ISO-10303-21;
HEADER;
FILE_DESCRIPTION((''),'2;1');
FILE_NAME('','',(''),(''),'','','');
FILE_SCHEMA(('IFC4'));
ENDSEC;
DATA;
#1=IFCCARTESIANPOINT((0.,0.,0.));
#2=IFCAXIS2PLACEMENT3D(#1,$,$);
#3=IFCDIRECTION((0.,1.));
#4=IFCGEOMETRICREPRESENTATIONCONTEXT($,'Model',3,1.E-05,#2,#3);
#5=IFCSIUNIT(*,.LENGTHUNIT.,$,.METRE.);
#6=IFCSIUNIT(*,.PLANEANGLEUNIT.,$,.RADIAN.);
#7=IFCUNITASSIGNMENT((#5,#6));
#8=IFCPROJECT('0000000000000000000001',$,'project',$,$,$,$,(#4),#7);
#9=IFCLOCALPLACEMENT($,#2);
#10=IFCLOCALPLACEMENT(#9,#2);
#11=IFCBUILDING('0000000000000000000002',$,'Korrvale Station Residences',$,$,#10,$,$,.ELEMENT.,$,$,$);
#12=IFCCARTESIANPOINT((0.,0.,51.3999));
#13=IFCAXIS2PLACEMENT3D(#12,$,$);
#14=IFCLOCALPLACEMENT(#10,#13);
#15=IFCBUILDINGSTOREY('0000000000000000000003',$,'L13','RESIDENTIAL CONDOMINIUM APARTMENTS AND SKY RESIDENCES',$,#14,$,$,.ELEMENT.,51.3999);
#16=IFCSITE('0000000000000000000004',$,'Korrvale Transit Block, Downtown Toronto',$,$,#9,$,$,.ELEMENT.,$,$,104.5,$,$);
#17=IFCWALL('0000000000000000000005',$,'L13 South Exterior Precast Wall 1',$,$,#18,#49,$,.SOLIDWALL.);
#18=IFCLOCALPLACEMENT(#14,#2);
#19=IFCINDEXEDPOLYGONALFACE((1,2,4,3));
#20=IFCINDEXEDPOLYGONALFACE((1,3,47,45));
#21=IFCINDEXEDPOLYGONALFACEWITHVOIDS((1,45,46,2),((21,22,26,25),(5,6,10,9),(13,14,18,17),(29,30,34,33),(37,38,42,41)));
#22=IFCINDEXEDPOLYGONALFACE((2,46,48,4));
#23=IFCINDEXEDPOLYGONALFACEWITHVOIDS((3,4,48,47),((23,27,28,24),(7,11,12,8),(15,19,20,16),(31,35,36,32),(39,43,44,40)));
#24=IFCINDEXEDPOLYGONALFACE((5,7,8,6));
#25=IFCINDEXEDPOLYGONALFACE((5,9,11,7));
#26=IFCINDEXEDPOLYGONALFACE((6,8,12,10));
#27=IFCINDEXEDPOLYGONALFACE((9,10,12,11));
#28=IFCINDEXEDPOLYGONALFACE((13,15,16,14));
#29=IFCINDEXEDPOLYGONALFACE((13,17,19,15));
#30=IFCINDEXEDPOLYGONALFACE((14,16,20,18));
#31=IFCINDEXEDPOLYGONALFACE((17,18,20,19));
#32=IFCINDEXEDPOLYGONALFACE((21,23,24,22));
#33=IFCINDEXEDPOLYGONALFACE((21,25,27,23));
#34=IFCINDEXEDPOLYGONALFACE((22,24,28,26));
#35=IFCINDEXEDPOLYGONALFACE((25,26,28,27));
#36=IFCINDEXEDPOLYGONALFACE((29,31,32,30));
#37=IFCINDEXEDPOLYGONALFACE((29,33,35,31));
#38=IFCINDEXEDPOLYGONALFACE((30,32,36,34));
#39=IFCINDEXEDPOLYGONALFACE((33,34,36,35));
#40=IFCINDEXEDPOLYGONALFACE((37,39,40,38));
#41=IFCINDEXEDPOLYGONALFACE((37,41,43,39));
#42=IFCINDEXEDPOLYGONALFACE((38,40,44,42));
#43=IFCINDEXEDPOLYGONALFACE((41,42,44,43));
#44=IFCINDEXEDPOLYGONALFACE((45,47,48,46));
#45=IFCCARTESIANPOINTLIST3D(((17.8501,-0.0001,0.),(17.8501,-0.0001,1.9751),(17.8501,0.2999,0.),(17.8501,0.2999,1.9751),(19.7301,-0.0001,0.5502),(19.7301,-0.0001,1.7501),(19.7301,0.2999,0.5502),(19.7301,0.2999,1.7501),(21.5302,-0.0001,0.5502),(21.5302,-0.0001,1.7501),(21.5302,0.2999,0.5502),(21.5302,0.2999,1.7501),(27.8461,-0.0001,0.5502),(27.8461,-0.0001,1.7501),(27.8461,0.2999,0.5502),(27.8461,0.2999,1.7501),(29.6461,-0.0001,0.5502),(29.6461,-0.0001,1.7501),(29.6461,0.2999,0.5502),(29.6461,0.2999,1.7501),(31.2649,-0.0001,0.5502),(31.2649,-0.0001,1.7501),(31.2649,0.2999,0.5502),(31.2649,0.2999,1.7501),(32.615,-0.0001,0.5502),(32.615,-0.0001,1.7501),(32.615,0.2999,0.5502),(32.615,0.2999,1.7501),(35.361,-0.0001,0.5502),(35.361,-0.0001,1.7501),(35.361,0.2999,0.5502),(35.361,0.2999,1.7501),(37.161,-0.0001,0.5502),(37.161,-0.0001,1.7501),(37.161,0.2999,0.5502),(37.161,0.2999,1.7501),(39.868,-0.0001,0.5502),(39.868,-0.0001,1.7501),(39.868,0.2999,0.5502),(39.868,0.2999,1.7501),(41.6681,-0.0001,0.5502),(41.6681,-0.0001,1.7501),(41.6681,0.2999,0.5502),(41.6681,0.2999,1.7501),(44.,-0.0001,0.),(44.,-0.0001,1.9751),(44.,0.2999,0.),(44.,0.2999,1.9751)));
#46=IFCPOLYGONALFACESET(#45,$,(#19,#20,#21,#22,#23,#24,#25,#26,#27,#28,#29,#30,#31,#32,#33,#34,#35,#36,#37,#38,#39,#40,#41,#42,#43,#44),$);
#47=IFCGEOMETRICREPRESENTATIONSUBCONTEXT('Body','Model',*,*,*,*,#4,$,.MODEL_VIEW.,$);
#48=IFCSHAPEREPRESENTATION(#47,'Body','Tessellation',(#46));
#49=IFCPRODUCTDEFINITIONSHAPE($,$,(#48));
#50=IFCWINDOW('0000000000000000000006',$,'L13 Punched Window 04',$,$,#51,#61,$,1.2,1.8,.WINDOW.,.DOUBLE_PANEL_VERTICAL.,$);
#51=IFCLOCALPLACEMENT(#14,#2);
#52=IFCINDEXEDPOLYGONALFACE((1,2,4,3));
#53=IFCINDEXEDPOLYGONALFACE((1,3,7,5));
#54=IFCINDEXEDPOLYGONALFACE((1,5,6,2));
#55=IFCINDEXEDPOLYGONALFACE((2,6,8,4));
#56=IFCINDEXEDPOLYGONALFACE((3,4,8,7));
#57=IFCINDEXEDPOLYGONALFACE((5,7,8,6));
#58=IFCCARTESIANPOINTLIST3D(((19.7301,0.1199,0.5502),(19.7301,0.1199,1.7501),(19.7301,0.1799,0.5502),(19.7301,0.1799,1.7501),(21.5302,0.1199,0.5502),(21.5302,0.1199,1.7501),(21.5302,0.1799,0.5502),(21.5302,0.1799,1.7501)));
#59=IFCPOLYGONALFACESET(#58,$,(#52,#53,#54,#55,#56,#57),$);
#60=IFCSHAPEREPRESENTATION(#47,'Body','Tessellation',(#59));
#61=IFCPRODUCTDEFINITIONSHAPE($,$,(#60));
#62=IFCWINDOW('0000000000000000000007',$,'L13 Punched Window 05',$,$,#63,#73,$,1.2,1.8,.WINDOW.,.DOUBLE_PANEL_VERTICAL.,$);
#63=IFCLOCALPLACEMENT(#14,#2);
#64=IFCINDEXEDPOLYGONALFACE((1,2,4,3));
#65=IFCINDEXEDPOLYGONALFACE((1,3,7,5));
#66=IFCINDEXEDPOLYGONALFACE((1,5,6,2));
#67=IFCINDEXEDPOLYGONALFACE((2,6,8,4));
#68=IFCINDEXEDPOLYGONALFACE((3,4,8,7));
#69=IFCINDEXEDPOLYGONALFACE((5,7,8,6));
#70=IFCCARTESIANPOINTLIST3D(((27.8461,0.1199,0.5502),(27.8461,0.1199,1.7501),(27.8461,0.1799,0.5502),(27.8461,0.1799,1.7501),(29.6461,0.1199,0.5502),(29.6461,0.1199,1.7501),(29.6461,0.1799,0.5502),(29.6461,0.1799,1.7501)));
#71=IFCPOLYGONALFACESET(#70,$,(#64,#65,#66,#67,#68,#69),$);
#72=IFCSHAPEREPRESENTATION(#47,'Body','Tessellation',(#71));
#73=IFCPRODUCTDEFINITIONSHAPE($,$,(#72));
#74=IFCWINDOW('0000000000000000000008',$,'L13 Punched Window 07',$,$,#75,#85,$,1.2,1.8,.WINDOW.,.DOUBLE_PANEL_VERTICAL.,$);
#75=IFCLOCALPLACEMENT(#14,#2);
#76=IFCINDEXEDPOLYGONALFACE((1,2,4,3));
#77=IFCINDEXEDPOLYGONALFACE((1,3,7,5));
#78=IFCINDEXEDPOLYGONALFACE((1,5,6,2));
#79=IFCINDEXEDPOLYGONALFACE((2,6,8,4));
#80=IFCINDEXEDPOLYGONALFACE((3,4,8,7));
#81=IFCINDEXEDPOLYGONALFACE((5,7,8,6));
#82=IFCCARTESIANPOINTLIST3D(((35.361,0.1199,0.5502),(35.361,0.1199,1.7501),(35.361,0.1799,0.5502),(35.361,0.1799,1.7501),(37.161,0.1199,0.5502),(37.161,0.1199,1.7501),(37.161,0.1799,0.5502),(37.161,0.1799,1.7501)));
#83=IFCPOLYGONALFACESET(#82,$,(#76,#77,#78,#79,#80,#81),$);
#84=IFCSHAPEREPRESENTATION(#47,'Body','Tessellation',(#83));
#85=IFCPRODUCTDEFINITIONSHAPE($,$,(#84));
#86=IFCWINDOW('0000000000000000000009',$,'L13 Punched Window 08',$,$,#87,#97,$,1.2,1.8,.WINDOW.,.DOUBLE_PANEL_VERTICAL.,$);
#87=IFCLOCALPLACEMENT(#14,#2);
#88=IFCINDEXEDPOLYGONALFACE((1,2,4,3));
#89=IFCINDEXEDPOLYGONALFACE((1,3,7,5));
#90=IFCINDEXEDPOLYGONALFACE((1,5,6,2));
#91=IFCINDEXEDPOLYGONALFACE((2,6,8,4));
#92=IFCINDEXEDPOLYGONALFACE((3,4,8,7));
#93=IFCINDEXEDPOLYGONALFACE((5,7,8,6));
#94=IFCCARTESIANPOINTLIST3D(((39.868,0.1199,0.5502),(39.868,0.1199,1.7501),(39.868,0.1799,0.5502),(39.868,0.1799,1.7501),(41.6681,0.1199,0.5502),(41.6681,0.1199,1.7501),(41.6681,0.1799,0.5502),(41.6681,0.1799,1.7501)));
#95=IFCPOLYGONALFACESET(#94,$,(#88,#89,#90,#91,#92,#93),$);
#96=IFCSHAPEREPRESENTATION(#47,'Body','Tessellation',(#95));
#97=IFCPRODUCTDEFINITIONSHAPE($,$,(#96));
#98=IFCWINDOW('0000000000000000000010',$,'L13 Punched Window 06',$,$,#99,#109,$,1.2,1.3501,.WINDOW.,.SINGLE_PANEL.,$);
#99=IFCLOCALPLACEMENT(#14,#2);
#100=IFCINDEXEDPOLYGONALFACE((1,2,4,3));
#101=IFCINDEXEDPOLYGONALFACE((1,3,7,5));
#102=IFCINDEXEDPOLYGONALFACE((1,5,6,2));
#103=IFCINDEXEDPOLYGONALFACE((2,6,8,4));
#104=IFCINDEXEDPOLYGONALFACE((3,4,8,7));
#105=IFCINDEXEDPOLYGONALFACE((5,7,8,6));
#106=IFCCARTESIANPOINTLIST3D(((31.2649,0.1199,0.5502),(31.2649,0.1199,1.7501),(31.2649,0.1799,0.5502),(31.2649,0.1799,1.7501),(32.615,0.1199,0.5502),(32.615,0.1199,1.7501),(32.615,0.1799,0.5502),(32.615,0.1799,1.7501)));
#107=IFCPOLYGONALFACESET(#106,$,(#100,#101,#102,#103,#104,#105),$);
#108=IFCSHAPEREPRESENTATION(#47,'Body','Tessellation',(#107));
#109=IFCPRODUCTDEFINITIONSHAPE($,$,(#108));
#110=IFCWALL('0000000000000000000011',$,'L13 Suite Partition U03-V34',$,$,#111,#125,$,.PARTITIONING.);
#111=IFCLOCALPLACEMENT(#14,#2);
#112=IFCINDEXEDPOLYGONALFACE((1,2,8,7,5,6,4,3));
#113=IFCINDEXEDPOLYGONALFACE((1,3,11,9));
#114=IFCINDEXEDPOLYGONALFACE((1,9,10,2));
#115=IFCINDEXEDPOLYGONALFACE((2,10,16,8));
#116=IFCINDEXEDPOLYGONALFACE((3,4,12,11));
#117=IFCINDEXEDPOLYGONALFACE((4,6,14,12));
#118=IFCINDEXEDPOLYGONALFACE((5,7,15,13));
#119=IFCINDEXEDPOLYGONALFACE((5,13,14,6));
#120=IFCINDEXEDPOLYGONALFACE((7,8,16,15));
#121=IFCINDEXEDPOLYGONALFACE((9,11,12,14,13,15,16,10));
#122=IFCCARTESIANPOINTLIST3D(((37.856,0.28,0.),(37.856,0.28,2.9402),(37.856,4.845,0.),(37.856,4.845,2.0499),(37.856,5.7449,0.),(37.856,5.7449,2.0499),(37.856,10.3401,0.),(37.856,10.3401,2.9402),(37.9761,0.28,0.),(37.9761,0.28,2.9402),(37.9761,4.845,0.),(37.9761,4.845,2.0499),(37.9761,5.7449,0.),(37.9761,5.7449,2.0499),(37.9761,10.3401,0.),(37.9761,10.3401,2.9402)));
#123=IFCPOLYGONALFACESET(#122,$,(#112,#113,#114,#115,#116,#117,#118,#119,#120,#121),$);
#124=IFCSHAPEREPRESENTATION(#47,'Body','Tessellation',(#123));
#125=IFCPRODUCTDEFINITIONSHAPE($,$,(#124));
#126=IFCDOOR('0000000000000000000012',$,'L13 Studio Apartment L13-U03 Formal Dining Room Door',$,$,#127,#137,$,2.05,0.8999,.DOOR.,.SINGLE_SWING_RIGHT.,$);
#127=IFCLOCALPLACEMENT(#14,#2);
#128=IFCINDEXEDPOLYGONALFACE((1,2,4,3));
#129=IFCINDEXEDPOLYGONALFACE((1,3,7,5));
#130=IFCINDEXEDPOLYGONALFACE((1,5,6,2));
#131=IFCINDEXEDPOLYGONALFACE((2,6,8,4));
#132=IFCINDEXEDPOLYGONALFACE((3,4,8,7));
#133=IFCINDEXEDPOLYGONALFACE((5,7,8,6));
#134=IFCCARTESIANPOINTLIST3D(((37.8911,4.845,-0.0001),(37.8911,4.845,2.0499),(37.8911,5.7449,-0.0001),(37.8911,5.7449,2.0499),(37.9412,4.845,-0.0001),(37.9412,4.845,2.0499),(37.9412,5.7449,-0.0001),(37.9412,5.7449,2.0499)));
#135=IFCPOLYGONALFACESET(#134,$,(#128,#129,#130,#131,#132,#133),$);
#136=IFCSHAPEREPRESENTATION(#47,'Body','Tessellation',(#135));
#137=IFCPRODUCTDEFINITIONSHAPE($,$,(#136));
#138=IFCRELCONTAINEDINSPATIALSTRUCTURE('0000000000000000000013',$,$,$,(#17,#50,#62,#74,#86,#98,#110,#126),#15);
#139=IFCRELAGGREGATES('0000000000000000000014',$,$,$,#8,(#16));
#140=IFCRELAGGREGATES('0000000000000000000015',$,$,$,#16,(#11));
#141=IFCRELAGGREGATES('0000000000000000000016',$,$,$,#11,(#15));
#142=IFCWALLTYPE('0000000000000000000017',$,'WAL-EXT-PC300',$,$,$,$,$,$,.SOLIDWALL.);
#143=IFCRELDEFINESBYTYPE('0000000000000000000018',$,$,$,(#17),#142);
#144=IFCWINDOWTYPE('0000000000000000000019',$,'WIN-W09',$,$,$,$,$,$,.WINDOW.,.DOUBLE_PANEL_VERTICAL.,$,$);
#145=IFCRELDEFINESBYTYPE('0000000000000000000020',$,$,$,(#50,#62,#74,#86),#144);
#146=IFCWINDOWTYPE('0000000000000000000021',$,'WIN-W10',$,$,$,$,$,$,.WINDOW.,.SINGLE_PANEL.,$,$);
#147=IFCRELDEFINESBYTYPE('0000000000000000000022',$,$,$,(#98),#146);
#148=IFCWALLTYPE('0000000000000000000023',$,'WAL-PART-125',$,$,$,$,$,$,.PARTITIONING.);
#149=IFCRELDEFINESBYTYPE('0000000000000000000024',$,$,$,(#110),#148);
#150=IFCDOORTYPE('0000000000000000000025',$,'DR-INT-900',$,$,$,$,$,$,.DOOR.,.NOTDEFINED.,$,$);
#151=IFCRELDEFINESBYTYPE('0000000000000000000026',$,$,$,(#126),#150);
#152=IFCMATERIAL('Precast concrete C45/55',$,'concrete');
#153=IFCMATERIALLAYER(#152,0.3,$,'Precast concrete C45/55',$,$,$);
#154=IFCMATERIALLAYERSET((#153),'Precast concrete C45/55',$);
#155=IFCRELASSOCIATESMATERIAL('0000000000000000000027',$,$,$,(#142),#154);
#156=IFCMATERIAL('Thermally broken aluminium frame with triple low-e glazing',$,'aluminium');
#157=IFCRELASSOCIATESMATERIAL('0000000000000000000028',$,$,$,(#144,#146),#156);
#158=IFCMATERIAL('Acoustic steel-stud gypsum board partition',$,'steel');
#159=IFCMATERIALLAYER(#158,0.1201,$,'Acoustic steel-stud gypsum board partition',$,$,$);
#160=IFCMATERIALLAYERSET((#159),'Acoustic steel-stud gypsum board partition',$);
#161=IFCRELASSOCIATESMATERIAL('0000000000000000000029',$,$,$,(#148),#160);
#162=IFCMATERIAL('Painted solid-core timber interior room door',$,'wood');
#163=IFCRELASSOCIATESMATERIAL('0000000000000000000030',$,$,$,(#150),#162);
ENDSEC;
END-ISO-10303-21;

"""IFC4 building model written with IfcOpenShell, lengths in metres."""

from ifc_helpers import new_model, si_unit, direction, frame, frame_2d, origin, place, context, subcontext, project, spatial, rectangle, extrude, material, layer, layer_set, type_object, element, fill, save


model = new_model("IFC4")

# Units and contexts
model_context = context("Model", 3, precision=1e-05, world=origin(), true_north=direction((0.0, 1.0)))
body_context = subcontext(model_context, "Body", "Model", "MODEL_VIEW")
ifc_project = project(units=[si_unit("LENGTHUNIT", "METRE"), si_unit("PLANEANGLEUNIT", "RADIAN")], contexts=[model_context])

# Site, building, storey
site_placement = place(None, origin())
site = spatial("IfcSite", under=ifc_project, at=site_placement, Name="Korrvale Transit Block, Downtown Toronto", CompositionType="ELEMENT", RefElevation=104.5)
building_placement = place(site_placement, origin())
building = spatial("IfcBuilding", under=site, at=building_placement, Name="Korrvale Station Residences", CompositionType="ELEMENT")
storey_placement = place(building_placement, frame((0.0, 0.0, 51.3999)))
storey = spatial("IfcBuildingStorey", under=building, at=storey_placement, Name="L13", Description="RESIDENTIAL CONDOMINIUM APARTMENTS AND SKY RESIDENCES", CompositionType="ELEMENT", Elevation=51.3999)

# Shared definitions
ifc_material_1 = material(Name="Precast concrete C45/55", Category="concrete")

# Wall, openings, windows
ifc_layer_1 = layer(ifc_material_1, 0.3, Name="Precast concrete C45/55")
ifc_layer_set_1 = layer_set([ifc_layer_1], Name="Precast concrete C45/55")
wall_type_1 = type_object("IfcWallType", Name="WAL-EXT-PC300", PredefinedType="SOLIDWALL", material=ifc_layer_set_1)
wall_1_placement = place(storey_placement, frame((44.0, 0.1499, 0.0), z_axis=(0.0, 0.0, 1.0), x_axis=(-1.0, 0.0, 0.0)))
wall_1 = element("IfcWall", 1, at=wall_1_placement, inside=storey, type_object=wall_type_1, Name="L13 South Exterior Precast Wall 1", PredefinedType="SOLIDWALL", context=body_context, shape_type="SweptSolid", body=[
    extrude(rectangle(XDim=26.1499, YDim=0.3, at=frame_2d((13.075, 0.0))), origin(), (0.0, 0.0, 1.0), 1.9751),
])
opening_1_placement = place(wall_1_placement, frame((22.47, 0.0, 0.55)))
opening_1 = element("IfcOpeningElement", 2, at=opening_1_placement, cuts=wall_1, PredefinedType="OPENING", context=body_context, shape_type="SweptSolid", body=[
    extrude(rectangle(XDim=1.8, YDim=1.2, at=frame_2d((0.8999, 0.6001))), frame((0.0, 0.1602, 0.0), z_axis=(0.0, -1.0, 0.0), x_axis=(1.0, 0.0, 0.0)), (0.0, 0.0, 1.0), 0.3201),
])
opening_2_placement = place(wall_1_placement, frame((14.354, 0.0, 0.55)))
opening_2 = element("IfcOpeningElement", 3, at=opening_2_placement, cuts=wall_1, PredefinedType="OPENING", context=body_context, shape_type="SweptSolid", body=[
    extrude(rectangle(XDim=1.8, YDim=1.2, at=frame_2d((0.8999, 0.6001))), frame((0.0, 0.1602, 0.0), z_axis=(0.0, -1.0, 0.0), x_axis=(1.0, 0.0, 0.0)), (0.0, 0.0, 1.0), 0.3201),
])
opening_3_placement = place(wall_1_placement, frame((11.385, 0.0, 0.55)))
opening_3 = element("IfcOpeningElement", 4, at=opening_3_placement, cuts=wall_1, PredefinedType="OPENING", context=body_context, shape_type="SweptSolid", body=[
    extrude(rectangle(XDim=1.3501, YDim=1.2, at=frame_2d((0.675, 0.6001))), frame((0.0, 0.1602, 0.0), z_axis=(0.0, -1.0, 0.0), x_axis=(1.0, 0.0, 0.0)), (0.0, 0.0, 1.0), 0.3201),
])
opening_4_placement = place(wall_1_placement, frame((6.8391, 0.0, 0.55)))
opening_4 = element("IfcOpeningElement", 5, at=opening_4_placement, cuts=wall_1, PredefinedType="OPENING", context=body_context, shape_type="SweptSolid", body=[
    extrude(rectangle(XDim=1.8, YDim=1.2, at=frame_2d((0.8999, 0.6001))), frame((0.0, 0.1602, 0.0), z_axis=(0.0, -1.0, 0.0), x_axis=(1.0, 0.0, 0.0)), (0.0, 0.0, 1.0), 0.3201),
])
opening_5_placement = place(wall_1_placement, frame((2.332, 0.0, 0.55)))
opening_5 = element("IfcOpeningElement", 6, at=opening_5_placement, cuts=wall_1, PredefinedType="OPENING", context=body_context, shape_type="SweptSolid", body=[
    extrude(rectangle(XDim=1.8, YDim=1.2, at=frame_2d((0.8999, 0.6001))), frame((0.0, 0.1602, 0.0), z_axis=(0.0, -1.0, 0.0), x_axis=(1.0, 0.0, 0.0)), (0.0, 0.0, 1.0), 0.3201),
])
ifc_material_2 = material(Name="Thermally broken aluminium frame with triple low-e glazing", Category="aluminium")
window_type_1 = type_object("IfcWindowType", Name="WIN-W09", PartitioningType="DOUBLE_PANEL_VERTICAL", PredefinedType="WINDOW", material=ifc_material_2)
window_1_placement = place(opening_1_placement, origin())
window_1 = element("IfcWindow", 7, at=window_1_placement, inside=storey, type_object=window_type_1, Name="L13 Punched Window 04", OverallHeight=1.2, OverallWidth=1.8, PartitioningType="DOUBLE_PANEL_VERTICAL", PredefinedType="WINDOW", context=body_context, shape_type="SweptSolid", body=[
    extrude(rectangle(XDim=1.8, YDim=1.2, at=frame_2d((0.8999, 0.6001))), frame((0.0, 0.03, 0.0), z_axis=(0.0, -1.0, 0.0), x_axis=(1.0, 0.0, 0.0)), (0.0, 0.0, 1.0), 0.0601),
])
fill(opening_1, window_1)
window_2_placement = place(opening_2_placement, origin())
window_2 = element("IfcWindow", 8, at=window_2_placement, inside=storey, type_object=window_type_1, Name="L13 Punched Window 05", OverallHeight=1.2, OverallWidth=1.8, PartitioningType="DOUBLE_PANEL_VERTICAL", PredefinedType="WINDOW", context=body_context, shape_type="SweptSolid", body=[
    extrude(rectangle(XDim=1.8, YDim=1.2, at=frame_2d((0.8999, 0.6001))), frame((0.0, 0.03, 0.0), z_axis=(0.0, -1.0, 0.0), x_axis=(1.0, 0.0, 0.0)), (0.0, 0.0, 1.0), 0.0601),
])
fill(opening_2, window_2)
window_3_placement = place(opening_4_placement, origin())
window_3 = element("IfcWindow", 9, at=window_3_placement, inside=storey, type_object=window_type_1, Name="L13 Punched Window 07", OverallHeight=1.2, OverallWidth=1.8, PartitioningType="DOUBLE_PANEL_VERTICAL", PredefinedType="WINDOW", context=body_context, shape_type="SweptSolid", body=[
    extrude(rectangle(XDim=1.8, YDim=1.2, at=frame_2d((0.8999, 0.6001))), frame((0.0, 0.03, 0.0), z_axis=(0.0, -1.0, 0.0), x_axis=(1.0, 0.0, 0.0)), (0.0, 0.0, 1.0), 0.0601),
])
fill(opening_4, window_3)
window_4_placement = place(opening_5_placement, origin())
window_4 = element("IfcWindow", 10, at=window_4_placement, inside=storey, type_object=window_type_1, Name="L13 Punched Window 08", OverallHeight=1.2, OverallWidth=1.8, PartitioningType="DOUBLE_PANEL_VERTICAL", PredefinedType="WINDOW", context=body_context, shape_type="SweptSolid", body=[
    extrude(rectangle(XDim=1.8, YDim=1.2, at=frame_2d((0.8999, 0.6001))), frame((0.0, 0.03, 0.0), z_axis=(0.0, -1.0, 0.0), x_axis=(1.0, 0.0, 0.0)), (0.0, 0.0, 1.0), 0.0601),
])
fill(opening_5, window_4)
window_type_2 = type_object("IfcWindowType", Name="WIN-W10", PartitioningType="SINGLE_PANEL", PredefinedType="WINDOW", material=ifc_material_2)
window_5_placement = place(opening_3_placement, origin())
window_5 = element("IfcWindow", 11, at=window_5_placement, inside=storey, type_object=window_type_2, Name="L13 Punched Window 06", OverallHeight=1.2, OverallWidth=1.3501, PartitioningType="SINGLE_PANEL", PredefinedType="WINDOW", context=body_context, shape_type="SweptSolid", body=[
    extrude(rectangle(XDim=1.3501, YDim=1.2, at=frame_2d((0.675, 0.6001))), frame((0.0, 0.03, 0.0), z_axis=(0.0, -1.0, 0.0), x_axis=(1.0, 0.0, 0.0)), (0.0, 0.0, 1.0), 0.0601),
])
fill(opening_3, window_5)

# Wall, opening, door
ifc_material_3 = material(Name="Acoustic steel-stud gypsum board partition", Category="steel")
ifc_layer_2 = layer(ifc_material_3, 0.1201, Name="Acoustic steel-stud gypsum board partition")
ifc_layer_set_2 = layer_set([ifc_layer_2], Name="Acoustic steel-stud gypsum board partition")
wall_type_2 = type_object("IfcWallType", Name="WAL-PART-125", PredefinedType="PARTITIONING", material=ifc_layer_set_2)
wall_2_placement = place(storey_placement, frame((37.916, 0.28, 0.0), z_axis=(0.0, 0.0, 1.0), x_axis=(0.0, 1.0, 0.0)))
wall_2 = element("IfcWall", 12, at=wall_2_placement, inside=storey, type_object=wall_type_2, Name="L13 Suite Partition U03-V34", PredefinedType="PARTITIONING", context=body_context, shape_type="SweptSolid", body=[
    extrude(rectangle(XDim=10.0601, YDim=0.1201, at=frame_2d((5.03, 0.0))), origin(), (0.0, 0.0, 1.0), 2.9402),
])
opening_6_placement = place(wall_2_placement, frame((4.5649, 0.0, 0.0)))
opening_6 = element("IfcOpeningElement", 13, at=opening_6_placement, cuts=wall_2, PredefinedType="OPENING", context=body_context, shape_type="SweptSolid", body=[
    extrude(rectangle(XDim=0.8999, YDim=2.05, at=frame_2d((0.45, 1.0249))), frame((0.0, 0.0701, 0.0), z_axis=(0.0, -1.0, 0.0), x_axis=(1.0, 0.0, 0.0)), (0.0, 0.0, 1.0), 0.1401),
])
ifc_material_4 = material(Name="Painted solid-core timber interior room door", Category="wood")
door_type = type_object("IfcDoorType", Name="DR-INT-900", OperationType="NOTDEFINED", PredefinedType="DOOR", material=ifc_material_4)
door_1_placement = place(opening_6_placement, origin())
door_1 = element("IfcDoor", 14, at=door_1_placement, inside=storey, type_object=door_type, Name="L13 Studio Apartment L13-U03 Formal Dining Room Door", OperationType="SINGLE_SWING_RIGHT", OverallHeight=2.05, OverallWidth=0.8999, PredefinedType="DOOR", context=body_context, shape_type="SweptSolid", body=[
    extrude(rectangle(XDim=0.8999, YDim=2.05, at=frame_2d((0.45, 1.0249))), frame((0.0, 0.0249, 0.0), z_axis=(0.0, -1.0, 0.0), x_axis=(1.0, 0.0, 0.0)), (0.0, 0.0, 1.0), 0.05),
])
fill(opening_6, door_1)

save(model, "model.ifc")
